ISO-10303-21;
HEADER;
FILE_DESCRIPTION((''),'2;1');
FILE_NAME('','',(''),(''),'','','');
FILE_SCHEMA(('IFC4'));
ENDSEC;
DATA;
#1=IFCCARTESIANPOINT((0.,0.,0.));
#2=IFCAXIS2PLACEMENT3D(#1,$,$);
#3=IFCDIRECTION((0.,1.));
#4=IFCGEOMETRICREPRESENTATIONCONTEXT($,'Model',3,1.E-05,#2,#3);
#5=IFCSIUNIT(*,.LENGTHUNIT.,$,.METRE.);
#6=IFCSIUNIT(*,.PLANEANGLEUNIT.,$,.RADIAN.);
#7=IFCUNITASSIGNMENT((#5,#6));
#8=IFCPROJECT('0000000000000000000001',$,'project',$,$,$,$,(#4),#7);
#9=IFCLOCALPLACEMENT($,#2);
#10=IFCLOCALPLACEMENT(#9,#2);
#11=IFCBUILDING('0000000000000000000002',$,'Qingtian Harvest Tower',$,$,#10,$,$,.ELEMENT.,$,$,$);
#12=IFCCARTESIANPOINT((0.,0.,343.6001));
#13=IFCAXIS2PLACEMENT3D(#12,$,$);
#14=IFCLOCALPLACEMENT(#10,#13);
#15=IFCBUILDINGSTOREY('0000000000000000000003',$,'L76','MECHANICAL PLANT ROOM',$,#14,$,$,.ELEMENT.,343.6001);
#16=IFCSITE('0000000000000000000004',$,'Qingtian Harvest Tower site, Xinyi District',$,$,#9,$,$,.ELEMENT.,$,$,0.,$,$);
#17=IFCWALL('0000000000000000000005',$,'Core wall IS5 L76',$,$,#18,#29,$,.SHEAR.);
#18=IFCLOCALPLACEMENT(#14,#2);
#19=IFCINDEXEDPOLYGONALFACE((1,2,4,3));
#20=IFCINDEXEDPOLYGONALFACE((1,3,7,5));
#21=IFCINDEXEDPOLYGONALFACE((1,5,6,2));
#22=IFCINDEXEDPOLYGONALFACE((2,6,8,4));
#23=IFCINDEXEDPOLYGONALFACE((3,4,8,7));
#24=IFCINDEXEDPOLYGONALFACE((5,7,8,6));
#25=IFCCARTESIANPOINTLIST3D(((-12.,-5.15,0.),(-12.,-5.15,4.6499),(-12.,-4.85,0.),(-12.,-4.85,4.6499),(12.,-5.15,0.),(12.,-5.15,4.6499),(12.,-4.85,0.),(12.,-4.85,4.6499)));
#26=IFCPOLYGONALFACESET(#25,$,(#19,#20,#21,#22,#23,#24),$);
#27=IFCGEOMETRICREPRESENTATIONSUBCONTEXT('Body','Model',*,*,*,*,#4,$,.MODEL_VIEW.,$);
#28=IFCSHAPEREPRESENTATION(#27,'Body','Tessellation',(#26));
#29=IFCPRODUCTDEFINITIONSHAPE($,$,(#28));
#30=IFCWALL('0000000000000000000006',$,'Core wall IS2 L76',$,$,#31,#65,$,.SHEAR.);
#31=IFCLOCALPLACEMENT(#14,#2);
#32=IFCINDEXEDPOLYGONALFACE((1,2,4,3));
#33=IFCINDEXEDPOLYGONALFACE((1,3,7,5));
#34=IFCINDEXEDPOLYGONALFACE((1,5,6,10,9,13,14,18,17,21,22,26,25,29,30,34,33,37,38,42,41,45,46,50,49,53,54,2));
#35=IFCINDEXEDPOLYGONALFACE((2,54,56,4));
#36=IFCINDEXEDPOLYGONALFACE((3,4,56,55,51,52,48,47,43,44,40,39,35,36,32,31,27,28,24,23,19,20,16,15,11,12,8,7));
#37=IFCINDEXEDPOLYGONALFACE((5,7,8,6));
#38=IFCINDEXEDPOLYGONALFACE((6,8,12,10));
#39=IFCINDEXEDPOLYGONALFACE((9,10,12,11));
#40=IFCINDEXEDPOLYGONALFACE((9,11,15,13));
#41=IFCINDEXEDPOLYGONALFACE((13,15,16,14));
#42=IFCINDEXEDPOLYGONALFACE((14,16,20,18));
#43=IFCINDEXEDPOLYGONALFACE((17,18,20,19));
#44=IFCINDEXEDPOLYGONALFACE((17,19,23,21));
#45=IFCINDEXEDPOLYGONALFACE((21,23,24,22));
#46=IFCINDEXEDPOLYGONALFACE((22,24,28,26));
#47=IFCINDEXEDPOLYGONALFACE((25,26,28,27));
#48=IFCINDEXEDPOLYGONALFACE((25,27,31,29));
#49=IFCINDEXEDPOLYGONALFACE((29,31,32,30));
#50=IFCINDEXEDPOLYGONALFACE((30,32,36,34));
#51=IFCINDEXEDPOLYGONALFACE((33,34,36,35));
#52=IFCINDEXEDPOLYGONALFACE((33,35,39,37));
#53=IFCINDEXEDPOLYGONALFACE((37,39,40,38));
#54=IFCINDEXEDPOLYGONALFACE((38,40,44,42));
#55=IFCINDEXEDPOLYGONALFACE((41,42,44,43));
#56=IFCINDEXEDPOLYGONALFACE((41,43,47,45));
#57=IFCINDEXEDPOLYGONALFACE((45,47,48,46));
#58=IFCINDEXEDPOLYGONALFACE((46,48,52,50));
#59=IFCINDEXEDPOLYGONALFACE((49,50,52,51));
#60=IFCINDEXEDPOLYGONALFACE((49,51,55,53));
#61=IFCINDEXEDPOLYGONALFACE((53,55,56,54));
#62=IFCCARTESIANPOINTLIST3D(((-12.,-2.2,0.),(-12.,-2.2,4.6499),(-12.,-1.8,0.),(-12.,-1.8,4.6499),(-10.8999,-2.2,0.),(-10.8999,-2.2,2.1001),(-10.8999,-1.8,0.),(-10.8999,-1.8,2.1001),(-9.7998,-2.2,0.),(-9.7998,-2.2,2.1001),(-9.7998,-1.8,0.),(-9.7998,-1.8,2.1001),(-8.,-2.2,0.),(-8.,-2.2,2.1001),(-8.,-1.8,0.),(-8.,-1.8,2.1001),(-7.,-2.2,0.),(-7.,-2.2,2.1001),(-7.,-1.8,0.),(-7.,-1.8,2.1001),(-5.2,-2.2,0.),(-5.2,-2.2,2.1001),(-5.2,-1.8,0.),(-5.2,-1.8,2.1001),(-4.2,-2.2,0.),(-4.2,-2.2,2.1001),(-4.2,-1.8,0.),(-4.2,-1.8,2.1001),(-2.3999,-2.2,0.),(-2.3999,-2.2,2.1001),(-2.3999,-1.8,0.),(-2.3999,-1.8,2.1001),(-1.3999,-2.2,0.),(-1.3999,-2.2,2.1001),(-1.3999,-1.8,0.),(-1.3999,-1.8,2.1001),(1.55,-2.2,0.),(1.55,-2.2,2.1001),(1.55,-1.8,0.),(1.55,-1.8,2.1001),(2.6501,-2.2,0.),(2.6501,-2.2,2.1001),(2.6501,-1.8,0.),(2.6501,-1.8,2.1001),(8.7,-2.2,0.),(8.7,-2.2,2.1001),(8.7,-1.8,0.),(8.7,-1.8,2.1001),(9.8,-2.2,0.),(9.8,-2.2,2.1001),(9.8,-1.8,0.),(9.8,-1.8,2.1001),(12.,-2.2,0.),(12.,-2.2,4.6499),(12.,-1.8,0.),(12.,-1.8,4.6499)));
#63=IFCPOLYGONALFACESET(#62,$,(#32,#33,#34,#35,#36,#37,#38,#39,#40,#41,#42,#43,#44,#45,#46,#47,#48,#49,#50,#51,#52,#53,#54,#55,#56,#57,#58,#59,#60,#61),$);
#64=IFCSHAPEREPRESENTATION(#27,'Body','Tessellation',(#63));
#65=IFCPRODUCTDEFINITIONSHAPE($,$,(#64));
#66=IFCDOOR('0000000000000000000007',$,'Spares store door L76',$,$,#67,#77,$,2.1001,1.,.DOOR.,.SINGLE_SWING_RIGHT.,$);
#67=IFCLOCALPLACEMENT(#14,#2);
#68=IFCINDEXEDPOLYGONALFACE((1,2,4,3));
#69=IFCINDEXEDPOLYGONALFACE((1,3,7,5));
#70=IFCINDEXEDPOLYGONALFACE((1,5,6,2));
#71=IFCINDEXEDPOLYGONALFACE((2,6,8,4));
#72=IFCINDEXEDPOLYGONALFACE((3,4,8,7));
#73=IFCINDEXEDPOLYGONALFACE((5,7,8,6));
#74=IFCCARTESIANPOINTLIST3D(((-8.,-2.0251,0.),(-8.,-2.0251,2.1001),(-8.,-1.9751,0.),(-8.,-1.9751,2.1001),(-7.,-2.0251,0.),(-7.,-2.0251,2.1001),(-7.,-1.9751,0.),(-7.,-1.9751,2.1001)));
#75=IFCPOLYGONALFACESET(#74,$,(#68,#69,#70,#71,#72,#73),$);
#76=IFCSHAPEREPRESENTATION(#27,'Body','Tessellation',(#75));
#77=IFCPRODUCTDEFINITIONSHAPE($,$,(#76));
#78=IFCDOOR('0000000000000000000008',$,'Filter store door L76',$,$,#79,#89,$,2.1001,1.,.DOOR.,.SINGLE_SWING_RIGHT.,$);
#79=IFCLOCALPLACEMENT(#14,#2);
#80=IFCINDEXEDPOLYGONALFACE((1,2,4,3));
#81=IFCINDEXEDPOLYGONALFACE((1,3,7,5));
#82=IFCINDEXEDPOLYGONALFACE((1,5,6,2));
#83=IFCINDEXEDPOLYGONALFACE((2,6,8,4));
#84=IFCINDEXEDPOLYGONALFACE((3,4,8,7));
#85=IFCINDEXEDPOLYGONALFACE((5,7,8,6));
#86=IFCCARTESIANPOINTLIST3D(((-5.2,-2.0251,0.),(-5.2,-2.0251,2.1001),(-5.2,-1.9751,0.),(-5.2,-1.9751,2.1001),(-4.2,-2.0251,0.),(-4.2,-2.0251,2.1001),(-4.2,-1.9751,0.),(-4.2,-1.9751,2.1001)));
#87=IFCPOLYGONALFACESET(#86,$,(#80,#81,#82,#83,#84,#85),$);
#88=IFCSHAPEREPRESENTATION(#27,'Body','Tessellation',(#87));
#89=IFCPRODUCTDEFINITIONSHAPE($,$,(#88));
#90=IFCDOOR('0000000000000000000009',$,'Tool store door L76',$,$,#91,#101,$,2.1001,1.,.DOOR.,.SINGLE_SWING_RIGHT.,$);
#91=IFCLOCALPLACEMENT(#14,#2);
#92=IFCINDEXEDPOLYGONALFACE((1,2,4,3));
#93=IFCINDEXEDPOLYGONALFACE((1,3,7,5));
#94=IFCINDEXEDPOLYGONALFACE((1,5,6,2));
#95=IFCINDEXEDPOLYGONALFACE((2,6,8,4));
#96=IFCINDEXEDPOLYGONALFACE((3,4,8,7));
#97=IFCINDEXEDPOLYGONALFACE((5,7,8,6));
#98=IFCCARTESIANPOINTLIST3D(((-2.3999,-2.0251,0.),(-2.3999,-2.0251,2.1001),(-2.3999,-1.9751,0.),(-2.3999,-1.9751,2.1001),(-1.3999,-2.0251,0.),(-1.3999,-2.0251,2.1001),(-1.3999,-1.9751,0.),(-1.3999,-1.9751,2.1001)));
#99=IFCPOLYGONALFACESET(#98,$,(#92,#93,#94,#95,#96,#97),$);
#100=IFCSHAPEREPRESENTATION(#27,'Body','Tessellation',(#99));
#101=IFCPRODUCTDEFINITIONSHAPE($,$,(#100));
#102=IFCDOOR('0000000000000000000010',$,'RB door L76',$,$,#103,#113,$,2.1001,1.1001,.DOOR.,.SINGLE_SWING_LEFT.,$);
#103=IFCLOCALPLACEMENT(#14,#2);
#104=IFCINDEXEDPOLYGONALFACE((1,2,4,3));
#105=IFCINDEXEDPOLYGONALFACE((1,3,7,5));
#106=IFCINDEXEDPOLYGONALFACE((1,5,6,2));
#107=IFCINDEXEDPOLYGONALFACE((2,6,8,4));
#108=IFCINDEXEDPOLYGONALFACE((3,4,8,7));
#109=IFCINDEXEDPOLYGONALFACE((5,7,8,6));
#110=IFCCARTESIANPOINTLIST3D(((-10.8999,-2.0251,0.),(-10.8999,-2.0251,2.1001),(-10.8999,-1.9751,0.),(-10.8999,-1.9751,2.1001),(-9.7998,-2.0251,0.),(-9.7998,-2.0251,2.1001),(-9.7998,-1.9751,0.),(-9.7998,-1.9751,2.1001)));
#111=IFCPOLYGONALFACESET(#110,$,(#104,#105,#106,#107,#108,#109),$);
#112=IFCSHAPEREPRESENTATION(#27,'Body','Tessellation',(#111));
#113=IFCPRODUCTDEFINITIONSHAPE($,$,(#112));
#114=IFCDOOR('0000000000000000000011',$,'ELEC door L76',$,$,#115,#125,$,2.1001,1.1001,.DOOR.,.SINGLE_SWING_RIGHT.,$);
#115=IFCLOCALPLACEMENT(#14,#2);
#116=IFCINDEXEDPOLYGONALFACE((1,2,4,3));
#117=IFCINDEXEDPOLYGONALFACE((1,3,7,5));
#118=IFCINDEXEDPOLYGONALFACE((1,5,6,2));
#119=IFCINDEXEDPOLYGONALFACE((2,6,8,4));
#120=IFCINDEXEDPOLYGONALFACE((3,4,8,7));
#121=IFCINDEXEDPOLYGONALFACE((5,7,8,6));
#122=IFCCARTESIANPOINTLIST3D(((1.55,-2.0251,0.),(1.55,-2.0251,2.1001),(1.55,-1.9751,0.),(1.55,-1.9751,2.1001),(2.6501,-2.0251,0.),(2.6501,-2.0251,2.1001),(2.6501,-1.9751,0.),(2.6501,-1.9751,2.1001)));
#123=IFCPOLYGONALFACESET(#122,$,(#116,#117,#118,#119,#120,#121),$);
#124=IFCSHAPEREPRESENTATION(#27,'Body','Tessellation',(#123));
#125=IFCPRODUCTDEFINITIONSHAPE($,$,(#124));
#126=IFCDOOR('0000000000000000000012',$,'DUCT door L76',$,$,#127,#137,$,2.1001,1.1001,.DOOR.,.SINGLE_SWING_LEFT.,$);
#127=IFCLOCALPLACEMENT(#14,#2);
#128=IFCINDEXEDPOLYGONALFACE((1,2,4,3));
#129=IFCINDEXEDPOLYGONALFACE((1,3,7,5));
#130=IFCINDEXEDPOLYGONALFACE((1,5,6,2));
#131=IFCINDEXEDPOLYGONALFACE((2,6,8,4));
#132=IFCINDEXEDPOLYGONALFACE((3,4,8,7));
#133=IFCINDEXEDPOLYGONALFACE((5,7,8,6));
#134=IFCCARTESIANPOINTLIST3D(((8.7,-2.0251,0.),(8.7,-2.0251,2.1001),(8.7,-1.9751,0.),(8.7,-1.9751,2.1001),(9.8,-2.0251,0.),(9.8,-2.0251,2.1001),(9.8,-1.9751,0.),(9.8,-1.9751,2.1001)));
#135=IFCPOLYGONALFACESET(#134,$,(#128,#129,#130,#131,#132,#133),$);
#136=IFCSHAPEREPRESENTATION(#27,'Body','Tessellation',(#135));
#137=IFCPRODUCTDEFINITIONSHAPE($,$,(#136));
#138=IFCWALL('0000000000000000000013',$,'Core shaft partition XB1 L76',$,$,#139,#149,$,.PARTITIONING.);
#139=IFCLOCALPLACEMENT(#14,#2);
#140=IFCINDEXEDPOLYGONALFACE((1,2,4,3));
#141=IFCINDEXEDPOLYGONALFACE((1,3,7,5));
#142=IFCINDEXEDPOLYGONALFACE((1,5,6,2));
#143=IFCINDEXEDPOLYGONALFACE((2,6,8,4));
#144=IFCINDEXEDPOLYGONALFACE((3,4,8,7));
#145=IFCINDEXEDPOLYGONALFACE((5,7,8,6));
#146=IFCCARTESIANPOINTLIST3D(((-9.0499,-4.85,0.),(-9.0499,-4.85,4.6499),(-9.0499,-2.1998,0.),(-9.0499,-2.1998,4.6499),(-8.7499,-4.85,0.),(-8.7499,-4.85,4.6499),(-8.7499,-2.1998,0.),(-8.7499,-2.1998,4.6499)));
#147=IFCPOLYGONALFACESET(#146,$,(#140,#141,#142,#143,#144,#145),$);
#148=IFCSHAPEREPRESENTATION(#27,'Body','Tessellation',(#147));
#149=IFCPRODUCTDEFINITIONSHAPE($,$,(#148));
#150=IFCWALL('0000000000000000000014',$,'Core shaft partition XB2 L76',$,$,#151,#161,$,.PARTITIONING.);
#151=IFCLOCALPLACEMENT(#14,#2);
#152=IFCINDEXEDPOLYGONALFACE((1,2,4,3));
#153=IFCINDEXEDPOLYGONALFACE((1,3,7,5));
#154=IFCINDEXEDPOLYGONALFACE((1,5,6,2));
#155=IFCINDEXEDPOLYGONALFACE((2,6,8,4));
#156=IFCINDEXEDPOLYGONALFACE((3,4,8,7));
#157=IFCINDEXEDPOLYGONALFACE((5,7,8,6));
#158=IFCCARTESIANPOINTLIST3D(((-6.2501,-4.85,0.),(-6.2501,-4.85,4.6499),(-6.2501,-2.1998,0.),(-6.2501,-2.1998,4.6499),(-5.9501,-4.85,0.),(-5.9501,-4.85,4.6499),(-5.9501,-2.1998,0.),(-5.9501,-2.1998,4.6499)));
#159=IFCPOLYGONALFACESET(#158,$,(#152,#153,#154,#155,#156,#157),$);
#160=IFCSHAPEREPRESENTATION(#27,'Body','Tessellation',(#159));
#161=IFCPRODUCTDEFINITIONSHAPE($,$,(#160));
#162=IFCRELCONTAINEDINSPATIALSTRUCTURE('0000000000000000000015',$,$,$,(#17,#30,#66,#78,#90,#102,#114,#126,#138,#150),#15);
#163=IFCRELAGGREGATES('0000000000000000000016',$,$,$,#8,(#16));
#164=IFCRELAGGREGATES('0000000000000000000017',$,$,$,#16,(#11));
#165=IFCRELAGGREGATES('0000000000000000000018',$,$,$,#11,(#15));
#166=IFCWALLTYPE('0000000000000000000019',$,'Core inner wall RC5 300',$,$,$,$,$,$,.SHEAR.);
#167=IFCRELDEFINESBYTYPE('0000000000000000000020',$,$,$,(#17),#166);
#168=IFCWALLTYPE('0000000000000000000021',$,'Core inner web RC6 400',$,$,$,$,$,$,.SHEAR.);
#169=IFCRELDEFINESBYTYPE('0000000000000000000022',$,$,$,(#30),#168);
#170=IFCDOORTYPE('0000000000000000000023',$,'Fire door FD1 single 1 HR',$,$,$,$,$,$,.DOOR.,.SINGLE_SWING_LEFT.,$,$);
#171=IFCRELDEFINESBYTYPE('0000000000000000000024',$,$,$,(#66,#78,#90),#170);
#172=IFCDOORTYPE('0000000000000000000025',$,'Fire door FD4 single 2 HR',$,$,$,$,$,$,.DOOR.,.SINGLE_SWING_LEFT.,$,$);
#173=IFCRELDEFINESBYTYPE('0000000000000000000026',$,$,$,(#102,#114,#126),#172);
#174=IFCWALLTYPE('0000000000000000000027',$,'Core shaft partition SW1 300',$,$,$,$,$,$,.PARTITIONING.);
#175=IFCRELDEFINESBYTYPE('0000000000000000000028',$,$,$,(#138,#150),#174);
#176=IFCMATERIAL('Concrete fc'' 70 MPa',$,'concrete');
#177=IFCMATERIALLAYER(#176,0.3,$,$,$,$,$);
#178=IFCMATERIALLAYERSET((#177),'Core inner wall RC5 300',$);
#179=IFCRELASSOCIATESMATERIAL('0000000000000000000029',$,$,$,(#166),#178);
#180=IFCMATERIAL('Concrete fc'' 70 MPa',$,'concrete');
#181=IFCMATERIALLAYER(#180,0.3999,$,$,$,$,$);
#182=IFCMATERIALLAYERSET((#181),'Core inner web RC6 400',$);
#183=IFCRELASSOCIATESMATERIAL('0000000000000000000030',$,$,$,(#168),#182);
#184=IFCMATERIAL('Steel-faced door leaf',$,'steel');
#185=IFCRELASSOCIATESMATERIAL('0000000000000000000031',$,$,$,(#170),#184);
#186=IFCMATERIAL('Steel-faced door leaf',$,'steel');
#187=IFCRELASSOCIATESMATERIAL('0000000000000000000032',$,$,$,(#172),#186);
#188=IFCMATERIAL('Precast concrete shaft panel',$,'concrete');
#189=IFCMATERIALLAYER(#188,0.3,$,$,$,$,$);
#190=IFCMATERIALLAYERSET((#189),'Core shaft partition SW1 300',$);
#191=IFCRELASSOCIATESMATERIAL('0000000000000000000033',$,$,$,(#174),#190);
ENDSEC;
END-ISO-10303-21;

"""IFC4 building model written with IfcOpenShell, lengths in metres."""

from ifc_helpers import new_model, si_unit, direction, frame, frame_2d, origin, place, context, subcontext, project, spatial, rectangle, extrude, material, layer, layer_set, type_object, element, fill, save


model = new_model("IFC4")

# Units and contexts
model_context = context("Model", 3, precision=1e-05, world=origin(), true_north=direction((0.0, 1.0)))
body_context = subcontext(model_context, "Body", "Model", "MODEL_VIEW")
ifc_project = project(units=[si_unit("LENGTHUNIT", "METRE"), si_unit("PLANEANGLEUNIT", "RADIAN")], contexts=[model_context])

# Site, building, storey
site_placement = place(None, origin())
site = spatial("IfcSite", under=ifc_project, at=site_placement, Name="Qingtian Harvest Tower site, Xinyi District", CompositionType="ELEMENT", RefElevation=0.0)
building_placement = place(site_placement, origin())
building = spatial("IfcBuilding", under=site, at=building_placement, Name="Qingtian Harvest Tower", CompositionType="ELEMENT")
storey_placement = place(building_placement, frame((0.0, 0.0, 343.6001)))
storey = spatial("IfcBuildingStorey", under=building, at=storey_placement, Name="L76", Description="MECHANICAL PLANT ROOM", CompositionType="ELEMENT", Elevation=343.6001)

# Wall
ifc_material_1 = material(Name="Concrete fc' 70 MPa", Category="concrete")
ifc_layer_1 = layer(ifc_material_1, 0.3)
ifc_layer_set_1 = layer_set([ifc_layer_1], Name="Core inner wall RC5 300")
wall_type_1 = type_object("IfcWallType", Name="Core inner wall RC5 300", PredefinedType="SHEAR", material=ifc_layer_set_1)
wall_1_placement = place(storey_placement, frame((-12.0, -5.0, 0.0), z_axis=(0.0, 0.0, 1.0), x_axis=(1.0, 0.0, 0.0)))
element("IfcWall", 1, at=wall_1_placement, inside=storey, type_object=wall_type_1, Name="Core wall IS5 L76", PredefinedType="SHEAR", context=body_context, shape_type="SweptSolid", body=[
    extrude(rectangle(XDim=24.0, YDim=0.3, at=frame_2d((12.0, 0.0))), origin(), (0.0, 0.0, 1.0), 4.6499),
])

# Wall, openings, doors
ifc_material_2 = material(Name="Concrete fc' 70 MPa", Category="concrete")
ifc_layer_2 = layer(ifc_material_2, 0.3999)
ifc_layer_set_2 = layer_set([ifc_layer_2], Name="Core inner web RC6 400")
wall_type_2 = type_object("IfcWallType", Name="Core inner web RC6 400", PredefinedType="SHEAR", material=ifc_layer_set_2)
wall_2_placement = place(storey_placement, frame((-12.0, -2.0, 0.0), z_axis=(0.0, 0.0, 1.0), x_axis=(1.0, 0.0, 0.0)))
wall_2 = element("IfcWall", 2, at=wall_2_placement, inside=storey, type_object=wall_type_2, Name="Core wall IS2 L76", PredefinedType="SHEAR", context=body_context, shape_type="SweptSolid", body=[
    extrude(rectangle(XDim=24.0, YDim=0.3999, at=frame_2d((12.0, 0.0))), origin(), (0.0, 0.0, 1.0), 4.6499),
])
opening_1_placement = place(wall_2_placement, frame((1.1001, 0.0, 0.0)))
opening_1 = element("IfcOpeningElement", 3, at=opening_1_placement, cuts=wall_2, PredefinedType="OPENING", context=body_context, shape_type="SweptSolid", body=[
    extrude(rectangle(XDim=1.1001, YDim=2.1001, at=frame_2d((0.55, 1.05))), frame((0.0, 0.21, 0.0), z_axis=(0.0, -1.0, 0.0), x_axis=(1.0, 0.0, 0.0)), (0.0, 0.0, 1.0), 0.4199),
])
opening_2_placement = place(wall_2_placement, frame((13.55, 0.0, 0.0)))
opening_2 = element("IfcOpeningElement", 4, at=opening_2_placement, cuts=wall_2, PredefinedType="OPENING", context=body_context, shape_type="SweptSolid", body=[
    extrude(rectangle(XDim=1.1001, YDim=2.1001, at=frame_2d((0.55, 1.05))), frame((0.0, 0.21, 0.0), z_axis=(0.0, -1.0, 0.0), x_axis=(1.0, 0.0, 0.0)), (0.0, 0.0, 1.0), 0.4199),
])
opening_3_placement = place(wall_2_placement, frame((20.7, 0.0, 0.0)))
opening_3 = element("IfcOpeningElement", 5, at=opening_3_placement, cuts=wall_2, PredefinedType="OPENING", context=body_context, shape_type="SweptSolid", body=[
    extrude(rectangle(XDim=1.1001, YDim=2.1001, at=frame_2d((0.55, 1.05))), frame((0.0, 0.21, 0.0), z_axis=(0.0, -1.0, 0.0), x_axis=(1.0, 0.0, 0.0)), (0.0, 0.0, 1.0), 0.4199),
])
opening_4_placement = place(wall_2_placement, frame((4.0, 0.0, 0.0)))
opening_4 = element("IfcOpeningElement", 6, at=opening_4_placement, cuts=wall_2, PredefinedType="OPENING", context=body_context, shape_type="SweptSolid", body=[
    extrude(rectangle(XDim=1.0, YDim=2.1001, at=frame_2d((0.5, 1.05))), frame((0.0, 0.21, 0.0), z_axis=(0.0, -1.0, 0.0), x_axis=(1.0, 0.0, 0.0)), (0.0, 0.0, 1.0), 0.4199),
])
opening_5_placement = place(wall_2_placement, frame((6.8, 0.0, 0.0)))
opening_5 = element("IfcOpeningElement", 7, at=opening_5_placement, cuts=wall_2, PredefinedType="OPENING", context=body_context, shape_type="SweptSolid", body=[
    extrude(rectangle(XDim=1.0, YDim=2.1001, at=frame_2d((0.5, 1.05))), frame((0.0, 0.21, 0.0), z_axis=(0.0, -1.0, 0.0), x_axis=(1.0, 0.0, 0.0)), (0.0, 0.0, 1.0), 0.4199),
])
opening_6_placement = place(wall_2_placement, frame((9.6001, 0.0, 0.0)))
opening_6 = element("IfcOpeningElement", 8, at=opening_6_placement, cuts=wall_2, PredefinedType="OPENING", context=body_context, shape_type="SweptSolid", body=[
    extrude(rectangle(XDim=1.0, YDim=2.1001, at=frame_2d((0.5, 1.05))), frame((0.0, 0.21, 0.0), z_axis=(0.0, -1.0, 0.0), x_axis=(1.0, 0.0, 0.0)), (0.0, 0.0, 1.0), 0.4199),
])
ifc_material_3 = material(Name="Steel-faced door leaf", Category="steel")
door_type_1 = type_object("IfcDoorType", Name="Fire door FD1 single 1 HR", OperationType="SINGLE_SWING_LEFT", PredefinedType="DOOR", material=ifc_material_3)
door_1_placement = place(opening_4_placement, origin())
door_1 = element("IfcDoor", 9, at=door_1_placement, inside=storey, type_object=door_type_1, Name="Spares store door L76", OperationType="SINGLE_SWING_RIGHT", OverallHeight=2.1001, OverallWidth=1.0, PredefinedType="DOOR", context=body_context, shape_type="SweptSolid", body=[
    extrude(rectangle(XDim=1.0, YDim=2.1001, at=frame_2d((0.5, 1.05))), frame((0.0, 0.0249, 0.0), z_axis=(0.0, -1.0, 0.0), x_axis=(1.0, 0.0, 0.0)), (0.0, 0.0, 1.0), 0.05),
])
fill(opening_4, door_1)
door_2_placement = place(opening_5_placement, origin())
door_2 = element("IfcDoor", 10, at=door_2_placement, inside=storey, type_object=door_type_1, Name="Filter store door L76", OperationType="SINGLE_SWING_RIGHT", OverallHeight=2.1001, OverallWidth=1.0, PredefinedType="DOOR", context=body_context, shape_type="SweptSolid", body=[
    extrude(rectangle(XDim=1.0, YDim=2.1001, at=frame_2d((0.5, 1.05))), frame((0.0, 0.0249, 0.0), z_axis=(0.0, -1.0, 0.0), x_axis=(1.0, 0.0, 0.0)), (0.0, 0.0, 1.0), 0.05),
])
fill(opening_5, door_2)
door_3_placement = place(opening_6_placement, origin())
door_3 = element("IfcDoor", 11, at=door_3_placement, inside=storey, type_object=door_type_1, Name="Tool store door L76", OperationType="SINGLE_SWING_RIGHT", OverallHeight=2.1001, OverallWidth=1.0, PredefinedType="DOOR", context=body_context, shape_type="SweptSolid", body=[
    extrude(rectangle(XDim=1.0, YDim=2.1001, at=frame_2d((0.5, 1.05))), frame((0.0, 0.0249, 0.0), z_axis=(0.0, -1.0, 0.0), x_axis=(1.0, 0.0, 0.0)), (0.0, 0.0, 1.0), 0.05),
])
fill(opening_6, door_3)
ifc_material_4 = material(Name="Steel-faced door leaf", Category="steel")
door_type_2 = type_object("IfcDoorType", Name="Fire door FD4 single 2 HR", OperationType="SINGLE_SWING_LEFT", PredefinedType="DOOR", material=ifc_material_4)
door_4_placement = place(opening_1_placement, origin())
door_4 = element("IfcDoor", 12, at=door_4_placement, inside=storey, type_object=door_type_2, Name="RB door L76", OperationType="SINGLE_SWING_LEFT", OverallHeight=2.1001, OverallWidth=1.1001, PredefinedType="DOOR", context=body_context, shape_type="SweptSolid", body=[
    extrude(rectangle(XDim=1.1001, YDim=2.1001, at=frame_2d((0.55, 1.05))), frame((0.0, 0.0249, 0.0), z_axis=(0.0, -1.0, 0.0), x_axis=(1.0, 0.0, 0.0)), (0.0, 0.0, 1.0), 0.05),
])
fill(opening_1, door_4)
door_5_placement = place(opening_2_placement, origin())
door_5 = element("IfcDoor", 13, at=door_5_placement, inside=storey, type_object=door_type_2, Name="ELEC door L76", OperationType="SINGLE_SWING_RIGHT", OverallHeight=2.1001, OverallWidth=1.1001, PredefinedType="DOOR", context=body_context, shape_type="SweptSolid", body=[
    extrude(rectangle(XDim=1.1001, YDim=2.1001, at=frame_2d((0.55, 1.05))), frame((0.0, 0.0249, 0.0), z_axis=(0.0, -1.0, 0.0), x_axis=(1.0, 0.0, 0.0)), (0.0, 0.0, 1.0), 0.05),
])
fill(opening_2, door_5)
door_6_placement = place(opening_3_placement, origin())
door_6 = element("IfcDoor", 14, at=door_6_placement, inside=storey, type_object=door_type_2, Name="DUCT door L76", OperationType="SINGLE_SWING_LEFT", OverallHeight=2.1001, OverallWidth=1.1001, PredefinedType="DOOR", context=body_context, shape_type="SweptSolid", body=[
    extrude(rectangle(XDim=1.1001, YDim=2.1001, at=frame_2d((0.55, 1.05))), frame((0.0, 0.0249, 0.0), z_axis=(0.0, -1.0, 0.0), x_axis=(1.0, 0.0, 0.0)), (0.0, 0.0, 1.0), 0.05),
])
fill(opening_3, door_6)

# Walls
ifc_material_5 = material(Name="Precast concrete shaft panel", Category="concrete")
ifc_layer_3 = layer(ifc_material_5, 0.3)
ifc_layer_set_3 = layer_set([ifc_layer_3], Name="Core shaft partition SW1 300")
wall_type_3 = type_object("IfcWallType", Name="Core shaft partition SW1 300", PredefinedType="PARTITIONING", material=ifc_layer_set_3)
for number, where, z_axis, x_axis, name in (
    (15, (-8.8999, -4.8501, 0.0), (0.0, 0.0, 1.0), (0.0, 1.0, 0.0), "Core shaft partition XB1 L76"),
    (16, (-6.1001, -4.8501, 0.0), (0.0, 0.0, 1.0), (0.0, 1.0, 0.0), "Core shaft partition XB2 L76"),
):
    element("IfcWall", number, at=place(storey_placement, frame(where, z_axis=z_axis, x_axis=x_axis)), inside=storey, type_object=wall_type_3, Name=name, PredefinedType="PARTITIONING", context=body_context, shape_type="SweptSolid", body=[
        extrude(rectangle(XDim=2.6501, YDim=0.3, at=frame_2d((1.3252, 0.0))), origin(), (0.0, 0.0, 1.0), 4.6499),
    ])

save(model, "model.ifc")
